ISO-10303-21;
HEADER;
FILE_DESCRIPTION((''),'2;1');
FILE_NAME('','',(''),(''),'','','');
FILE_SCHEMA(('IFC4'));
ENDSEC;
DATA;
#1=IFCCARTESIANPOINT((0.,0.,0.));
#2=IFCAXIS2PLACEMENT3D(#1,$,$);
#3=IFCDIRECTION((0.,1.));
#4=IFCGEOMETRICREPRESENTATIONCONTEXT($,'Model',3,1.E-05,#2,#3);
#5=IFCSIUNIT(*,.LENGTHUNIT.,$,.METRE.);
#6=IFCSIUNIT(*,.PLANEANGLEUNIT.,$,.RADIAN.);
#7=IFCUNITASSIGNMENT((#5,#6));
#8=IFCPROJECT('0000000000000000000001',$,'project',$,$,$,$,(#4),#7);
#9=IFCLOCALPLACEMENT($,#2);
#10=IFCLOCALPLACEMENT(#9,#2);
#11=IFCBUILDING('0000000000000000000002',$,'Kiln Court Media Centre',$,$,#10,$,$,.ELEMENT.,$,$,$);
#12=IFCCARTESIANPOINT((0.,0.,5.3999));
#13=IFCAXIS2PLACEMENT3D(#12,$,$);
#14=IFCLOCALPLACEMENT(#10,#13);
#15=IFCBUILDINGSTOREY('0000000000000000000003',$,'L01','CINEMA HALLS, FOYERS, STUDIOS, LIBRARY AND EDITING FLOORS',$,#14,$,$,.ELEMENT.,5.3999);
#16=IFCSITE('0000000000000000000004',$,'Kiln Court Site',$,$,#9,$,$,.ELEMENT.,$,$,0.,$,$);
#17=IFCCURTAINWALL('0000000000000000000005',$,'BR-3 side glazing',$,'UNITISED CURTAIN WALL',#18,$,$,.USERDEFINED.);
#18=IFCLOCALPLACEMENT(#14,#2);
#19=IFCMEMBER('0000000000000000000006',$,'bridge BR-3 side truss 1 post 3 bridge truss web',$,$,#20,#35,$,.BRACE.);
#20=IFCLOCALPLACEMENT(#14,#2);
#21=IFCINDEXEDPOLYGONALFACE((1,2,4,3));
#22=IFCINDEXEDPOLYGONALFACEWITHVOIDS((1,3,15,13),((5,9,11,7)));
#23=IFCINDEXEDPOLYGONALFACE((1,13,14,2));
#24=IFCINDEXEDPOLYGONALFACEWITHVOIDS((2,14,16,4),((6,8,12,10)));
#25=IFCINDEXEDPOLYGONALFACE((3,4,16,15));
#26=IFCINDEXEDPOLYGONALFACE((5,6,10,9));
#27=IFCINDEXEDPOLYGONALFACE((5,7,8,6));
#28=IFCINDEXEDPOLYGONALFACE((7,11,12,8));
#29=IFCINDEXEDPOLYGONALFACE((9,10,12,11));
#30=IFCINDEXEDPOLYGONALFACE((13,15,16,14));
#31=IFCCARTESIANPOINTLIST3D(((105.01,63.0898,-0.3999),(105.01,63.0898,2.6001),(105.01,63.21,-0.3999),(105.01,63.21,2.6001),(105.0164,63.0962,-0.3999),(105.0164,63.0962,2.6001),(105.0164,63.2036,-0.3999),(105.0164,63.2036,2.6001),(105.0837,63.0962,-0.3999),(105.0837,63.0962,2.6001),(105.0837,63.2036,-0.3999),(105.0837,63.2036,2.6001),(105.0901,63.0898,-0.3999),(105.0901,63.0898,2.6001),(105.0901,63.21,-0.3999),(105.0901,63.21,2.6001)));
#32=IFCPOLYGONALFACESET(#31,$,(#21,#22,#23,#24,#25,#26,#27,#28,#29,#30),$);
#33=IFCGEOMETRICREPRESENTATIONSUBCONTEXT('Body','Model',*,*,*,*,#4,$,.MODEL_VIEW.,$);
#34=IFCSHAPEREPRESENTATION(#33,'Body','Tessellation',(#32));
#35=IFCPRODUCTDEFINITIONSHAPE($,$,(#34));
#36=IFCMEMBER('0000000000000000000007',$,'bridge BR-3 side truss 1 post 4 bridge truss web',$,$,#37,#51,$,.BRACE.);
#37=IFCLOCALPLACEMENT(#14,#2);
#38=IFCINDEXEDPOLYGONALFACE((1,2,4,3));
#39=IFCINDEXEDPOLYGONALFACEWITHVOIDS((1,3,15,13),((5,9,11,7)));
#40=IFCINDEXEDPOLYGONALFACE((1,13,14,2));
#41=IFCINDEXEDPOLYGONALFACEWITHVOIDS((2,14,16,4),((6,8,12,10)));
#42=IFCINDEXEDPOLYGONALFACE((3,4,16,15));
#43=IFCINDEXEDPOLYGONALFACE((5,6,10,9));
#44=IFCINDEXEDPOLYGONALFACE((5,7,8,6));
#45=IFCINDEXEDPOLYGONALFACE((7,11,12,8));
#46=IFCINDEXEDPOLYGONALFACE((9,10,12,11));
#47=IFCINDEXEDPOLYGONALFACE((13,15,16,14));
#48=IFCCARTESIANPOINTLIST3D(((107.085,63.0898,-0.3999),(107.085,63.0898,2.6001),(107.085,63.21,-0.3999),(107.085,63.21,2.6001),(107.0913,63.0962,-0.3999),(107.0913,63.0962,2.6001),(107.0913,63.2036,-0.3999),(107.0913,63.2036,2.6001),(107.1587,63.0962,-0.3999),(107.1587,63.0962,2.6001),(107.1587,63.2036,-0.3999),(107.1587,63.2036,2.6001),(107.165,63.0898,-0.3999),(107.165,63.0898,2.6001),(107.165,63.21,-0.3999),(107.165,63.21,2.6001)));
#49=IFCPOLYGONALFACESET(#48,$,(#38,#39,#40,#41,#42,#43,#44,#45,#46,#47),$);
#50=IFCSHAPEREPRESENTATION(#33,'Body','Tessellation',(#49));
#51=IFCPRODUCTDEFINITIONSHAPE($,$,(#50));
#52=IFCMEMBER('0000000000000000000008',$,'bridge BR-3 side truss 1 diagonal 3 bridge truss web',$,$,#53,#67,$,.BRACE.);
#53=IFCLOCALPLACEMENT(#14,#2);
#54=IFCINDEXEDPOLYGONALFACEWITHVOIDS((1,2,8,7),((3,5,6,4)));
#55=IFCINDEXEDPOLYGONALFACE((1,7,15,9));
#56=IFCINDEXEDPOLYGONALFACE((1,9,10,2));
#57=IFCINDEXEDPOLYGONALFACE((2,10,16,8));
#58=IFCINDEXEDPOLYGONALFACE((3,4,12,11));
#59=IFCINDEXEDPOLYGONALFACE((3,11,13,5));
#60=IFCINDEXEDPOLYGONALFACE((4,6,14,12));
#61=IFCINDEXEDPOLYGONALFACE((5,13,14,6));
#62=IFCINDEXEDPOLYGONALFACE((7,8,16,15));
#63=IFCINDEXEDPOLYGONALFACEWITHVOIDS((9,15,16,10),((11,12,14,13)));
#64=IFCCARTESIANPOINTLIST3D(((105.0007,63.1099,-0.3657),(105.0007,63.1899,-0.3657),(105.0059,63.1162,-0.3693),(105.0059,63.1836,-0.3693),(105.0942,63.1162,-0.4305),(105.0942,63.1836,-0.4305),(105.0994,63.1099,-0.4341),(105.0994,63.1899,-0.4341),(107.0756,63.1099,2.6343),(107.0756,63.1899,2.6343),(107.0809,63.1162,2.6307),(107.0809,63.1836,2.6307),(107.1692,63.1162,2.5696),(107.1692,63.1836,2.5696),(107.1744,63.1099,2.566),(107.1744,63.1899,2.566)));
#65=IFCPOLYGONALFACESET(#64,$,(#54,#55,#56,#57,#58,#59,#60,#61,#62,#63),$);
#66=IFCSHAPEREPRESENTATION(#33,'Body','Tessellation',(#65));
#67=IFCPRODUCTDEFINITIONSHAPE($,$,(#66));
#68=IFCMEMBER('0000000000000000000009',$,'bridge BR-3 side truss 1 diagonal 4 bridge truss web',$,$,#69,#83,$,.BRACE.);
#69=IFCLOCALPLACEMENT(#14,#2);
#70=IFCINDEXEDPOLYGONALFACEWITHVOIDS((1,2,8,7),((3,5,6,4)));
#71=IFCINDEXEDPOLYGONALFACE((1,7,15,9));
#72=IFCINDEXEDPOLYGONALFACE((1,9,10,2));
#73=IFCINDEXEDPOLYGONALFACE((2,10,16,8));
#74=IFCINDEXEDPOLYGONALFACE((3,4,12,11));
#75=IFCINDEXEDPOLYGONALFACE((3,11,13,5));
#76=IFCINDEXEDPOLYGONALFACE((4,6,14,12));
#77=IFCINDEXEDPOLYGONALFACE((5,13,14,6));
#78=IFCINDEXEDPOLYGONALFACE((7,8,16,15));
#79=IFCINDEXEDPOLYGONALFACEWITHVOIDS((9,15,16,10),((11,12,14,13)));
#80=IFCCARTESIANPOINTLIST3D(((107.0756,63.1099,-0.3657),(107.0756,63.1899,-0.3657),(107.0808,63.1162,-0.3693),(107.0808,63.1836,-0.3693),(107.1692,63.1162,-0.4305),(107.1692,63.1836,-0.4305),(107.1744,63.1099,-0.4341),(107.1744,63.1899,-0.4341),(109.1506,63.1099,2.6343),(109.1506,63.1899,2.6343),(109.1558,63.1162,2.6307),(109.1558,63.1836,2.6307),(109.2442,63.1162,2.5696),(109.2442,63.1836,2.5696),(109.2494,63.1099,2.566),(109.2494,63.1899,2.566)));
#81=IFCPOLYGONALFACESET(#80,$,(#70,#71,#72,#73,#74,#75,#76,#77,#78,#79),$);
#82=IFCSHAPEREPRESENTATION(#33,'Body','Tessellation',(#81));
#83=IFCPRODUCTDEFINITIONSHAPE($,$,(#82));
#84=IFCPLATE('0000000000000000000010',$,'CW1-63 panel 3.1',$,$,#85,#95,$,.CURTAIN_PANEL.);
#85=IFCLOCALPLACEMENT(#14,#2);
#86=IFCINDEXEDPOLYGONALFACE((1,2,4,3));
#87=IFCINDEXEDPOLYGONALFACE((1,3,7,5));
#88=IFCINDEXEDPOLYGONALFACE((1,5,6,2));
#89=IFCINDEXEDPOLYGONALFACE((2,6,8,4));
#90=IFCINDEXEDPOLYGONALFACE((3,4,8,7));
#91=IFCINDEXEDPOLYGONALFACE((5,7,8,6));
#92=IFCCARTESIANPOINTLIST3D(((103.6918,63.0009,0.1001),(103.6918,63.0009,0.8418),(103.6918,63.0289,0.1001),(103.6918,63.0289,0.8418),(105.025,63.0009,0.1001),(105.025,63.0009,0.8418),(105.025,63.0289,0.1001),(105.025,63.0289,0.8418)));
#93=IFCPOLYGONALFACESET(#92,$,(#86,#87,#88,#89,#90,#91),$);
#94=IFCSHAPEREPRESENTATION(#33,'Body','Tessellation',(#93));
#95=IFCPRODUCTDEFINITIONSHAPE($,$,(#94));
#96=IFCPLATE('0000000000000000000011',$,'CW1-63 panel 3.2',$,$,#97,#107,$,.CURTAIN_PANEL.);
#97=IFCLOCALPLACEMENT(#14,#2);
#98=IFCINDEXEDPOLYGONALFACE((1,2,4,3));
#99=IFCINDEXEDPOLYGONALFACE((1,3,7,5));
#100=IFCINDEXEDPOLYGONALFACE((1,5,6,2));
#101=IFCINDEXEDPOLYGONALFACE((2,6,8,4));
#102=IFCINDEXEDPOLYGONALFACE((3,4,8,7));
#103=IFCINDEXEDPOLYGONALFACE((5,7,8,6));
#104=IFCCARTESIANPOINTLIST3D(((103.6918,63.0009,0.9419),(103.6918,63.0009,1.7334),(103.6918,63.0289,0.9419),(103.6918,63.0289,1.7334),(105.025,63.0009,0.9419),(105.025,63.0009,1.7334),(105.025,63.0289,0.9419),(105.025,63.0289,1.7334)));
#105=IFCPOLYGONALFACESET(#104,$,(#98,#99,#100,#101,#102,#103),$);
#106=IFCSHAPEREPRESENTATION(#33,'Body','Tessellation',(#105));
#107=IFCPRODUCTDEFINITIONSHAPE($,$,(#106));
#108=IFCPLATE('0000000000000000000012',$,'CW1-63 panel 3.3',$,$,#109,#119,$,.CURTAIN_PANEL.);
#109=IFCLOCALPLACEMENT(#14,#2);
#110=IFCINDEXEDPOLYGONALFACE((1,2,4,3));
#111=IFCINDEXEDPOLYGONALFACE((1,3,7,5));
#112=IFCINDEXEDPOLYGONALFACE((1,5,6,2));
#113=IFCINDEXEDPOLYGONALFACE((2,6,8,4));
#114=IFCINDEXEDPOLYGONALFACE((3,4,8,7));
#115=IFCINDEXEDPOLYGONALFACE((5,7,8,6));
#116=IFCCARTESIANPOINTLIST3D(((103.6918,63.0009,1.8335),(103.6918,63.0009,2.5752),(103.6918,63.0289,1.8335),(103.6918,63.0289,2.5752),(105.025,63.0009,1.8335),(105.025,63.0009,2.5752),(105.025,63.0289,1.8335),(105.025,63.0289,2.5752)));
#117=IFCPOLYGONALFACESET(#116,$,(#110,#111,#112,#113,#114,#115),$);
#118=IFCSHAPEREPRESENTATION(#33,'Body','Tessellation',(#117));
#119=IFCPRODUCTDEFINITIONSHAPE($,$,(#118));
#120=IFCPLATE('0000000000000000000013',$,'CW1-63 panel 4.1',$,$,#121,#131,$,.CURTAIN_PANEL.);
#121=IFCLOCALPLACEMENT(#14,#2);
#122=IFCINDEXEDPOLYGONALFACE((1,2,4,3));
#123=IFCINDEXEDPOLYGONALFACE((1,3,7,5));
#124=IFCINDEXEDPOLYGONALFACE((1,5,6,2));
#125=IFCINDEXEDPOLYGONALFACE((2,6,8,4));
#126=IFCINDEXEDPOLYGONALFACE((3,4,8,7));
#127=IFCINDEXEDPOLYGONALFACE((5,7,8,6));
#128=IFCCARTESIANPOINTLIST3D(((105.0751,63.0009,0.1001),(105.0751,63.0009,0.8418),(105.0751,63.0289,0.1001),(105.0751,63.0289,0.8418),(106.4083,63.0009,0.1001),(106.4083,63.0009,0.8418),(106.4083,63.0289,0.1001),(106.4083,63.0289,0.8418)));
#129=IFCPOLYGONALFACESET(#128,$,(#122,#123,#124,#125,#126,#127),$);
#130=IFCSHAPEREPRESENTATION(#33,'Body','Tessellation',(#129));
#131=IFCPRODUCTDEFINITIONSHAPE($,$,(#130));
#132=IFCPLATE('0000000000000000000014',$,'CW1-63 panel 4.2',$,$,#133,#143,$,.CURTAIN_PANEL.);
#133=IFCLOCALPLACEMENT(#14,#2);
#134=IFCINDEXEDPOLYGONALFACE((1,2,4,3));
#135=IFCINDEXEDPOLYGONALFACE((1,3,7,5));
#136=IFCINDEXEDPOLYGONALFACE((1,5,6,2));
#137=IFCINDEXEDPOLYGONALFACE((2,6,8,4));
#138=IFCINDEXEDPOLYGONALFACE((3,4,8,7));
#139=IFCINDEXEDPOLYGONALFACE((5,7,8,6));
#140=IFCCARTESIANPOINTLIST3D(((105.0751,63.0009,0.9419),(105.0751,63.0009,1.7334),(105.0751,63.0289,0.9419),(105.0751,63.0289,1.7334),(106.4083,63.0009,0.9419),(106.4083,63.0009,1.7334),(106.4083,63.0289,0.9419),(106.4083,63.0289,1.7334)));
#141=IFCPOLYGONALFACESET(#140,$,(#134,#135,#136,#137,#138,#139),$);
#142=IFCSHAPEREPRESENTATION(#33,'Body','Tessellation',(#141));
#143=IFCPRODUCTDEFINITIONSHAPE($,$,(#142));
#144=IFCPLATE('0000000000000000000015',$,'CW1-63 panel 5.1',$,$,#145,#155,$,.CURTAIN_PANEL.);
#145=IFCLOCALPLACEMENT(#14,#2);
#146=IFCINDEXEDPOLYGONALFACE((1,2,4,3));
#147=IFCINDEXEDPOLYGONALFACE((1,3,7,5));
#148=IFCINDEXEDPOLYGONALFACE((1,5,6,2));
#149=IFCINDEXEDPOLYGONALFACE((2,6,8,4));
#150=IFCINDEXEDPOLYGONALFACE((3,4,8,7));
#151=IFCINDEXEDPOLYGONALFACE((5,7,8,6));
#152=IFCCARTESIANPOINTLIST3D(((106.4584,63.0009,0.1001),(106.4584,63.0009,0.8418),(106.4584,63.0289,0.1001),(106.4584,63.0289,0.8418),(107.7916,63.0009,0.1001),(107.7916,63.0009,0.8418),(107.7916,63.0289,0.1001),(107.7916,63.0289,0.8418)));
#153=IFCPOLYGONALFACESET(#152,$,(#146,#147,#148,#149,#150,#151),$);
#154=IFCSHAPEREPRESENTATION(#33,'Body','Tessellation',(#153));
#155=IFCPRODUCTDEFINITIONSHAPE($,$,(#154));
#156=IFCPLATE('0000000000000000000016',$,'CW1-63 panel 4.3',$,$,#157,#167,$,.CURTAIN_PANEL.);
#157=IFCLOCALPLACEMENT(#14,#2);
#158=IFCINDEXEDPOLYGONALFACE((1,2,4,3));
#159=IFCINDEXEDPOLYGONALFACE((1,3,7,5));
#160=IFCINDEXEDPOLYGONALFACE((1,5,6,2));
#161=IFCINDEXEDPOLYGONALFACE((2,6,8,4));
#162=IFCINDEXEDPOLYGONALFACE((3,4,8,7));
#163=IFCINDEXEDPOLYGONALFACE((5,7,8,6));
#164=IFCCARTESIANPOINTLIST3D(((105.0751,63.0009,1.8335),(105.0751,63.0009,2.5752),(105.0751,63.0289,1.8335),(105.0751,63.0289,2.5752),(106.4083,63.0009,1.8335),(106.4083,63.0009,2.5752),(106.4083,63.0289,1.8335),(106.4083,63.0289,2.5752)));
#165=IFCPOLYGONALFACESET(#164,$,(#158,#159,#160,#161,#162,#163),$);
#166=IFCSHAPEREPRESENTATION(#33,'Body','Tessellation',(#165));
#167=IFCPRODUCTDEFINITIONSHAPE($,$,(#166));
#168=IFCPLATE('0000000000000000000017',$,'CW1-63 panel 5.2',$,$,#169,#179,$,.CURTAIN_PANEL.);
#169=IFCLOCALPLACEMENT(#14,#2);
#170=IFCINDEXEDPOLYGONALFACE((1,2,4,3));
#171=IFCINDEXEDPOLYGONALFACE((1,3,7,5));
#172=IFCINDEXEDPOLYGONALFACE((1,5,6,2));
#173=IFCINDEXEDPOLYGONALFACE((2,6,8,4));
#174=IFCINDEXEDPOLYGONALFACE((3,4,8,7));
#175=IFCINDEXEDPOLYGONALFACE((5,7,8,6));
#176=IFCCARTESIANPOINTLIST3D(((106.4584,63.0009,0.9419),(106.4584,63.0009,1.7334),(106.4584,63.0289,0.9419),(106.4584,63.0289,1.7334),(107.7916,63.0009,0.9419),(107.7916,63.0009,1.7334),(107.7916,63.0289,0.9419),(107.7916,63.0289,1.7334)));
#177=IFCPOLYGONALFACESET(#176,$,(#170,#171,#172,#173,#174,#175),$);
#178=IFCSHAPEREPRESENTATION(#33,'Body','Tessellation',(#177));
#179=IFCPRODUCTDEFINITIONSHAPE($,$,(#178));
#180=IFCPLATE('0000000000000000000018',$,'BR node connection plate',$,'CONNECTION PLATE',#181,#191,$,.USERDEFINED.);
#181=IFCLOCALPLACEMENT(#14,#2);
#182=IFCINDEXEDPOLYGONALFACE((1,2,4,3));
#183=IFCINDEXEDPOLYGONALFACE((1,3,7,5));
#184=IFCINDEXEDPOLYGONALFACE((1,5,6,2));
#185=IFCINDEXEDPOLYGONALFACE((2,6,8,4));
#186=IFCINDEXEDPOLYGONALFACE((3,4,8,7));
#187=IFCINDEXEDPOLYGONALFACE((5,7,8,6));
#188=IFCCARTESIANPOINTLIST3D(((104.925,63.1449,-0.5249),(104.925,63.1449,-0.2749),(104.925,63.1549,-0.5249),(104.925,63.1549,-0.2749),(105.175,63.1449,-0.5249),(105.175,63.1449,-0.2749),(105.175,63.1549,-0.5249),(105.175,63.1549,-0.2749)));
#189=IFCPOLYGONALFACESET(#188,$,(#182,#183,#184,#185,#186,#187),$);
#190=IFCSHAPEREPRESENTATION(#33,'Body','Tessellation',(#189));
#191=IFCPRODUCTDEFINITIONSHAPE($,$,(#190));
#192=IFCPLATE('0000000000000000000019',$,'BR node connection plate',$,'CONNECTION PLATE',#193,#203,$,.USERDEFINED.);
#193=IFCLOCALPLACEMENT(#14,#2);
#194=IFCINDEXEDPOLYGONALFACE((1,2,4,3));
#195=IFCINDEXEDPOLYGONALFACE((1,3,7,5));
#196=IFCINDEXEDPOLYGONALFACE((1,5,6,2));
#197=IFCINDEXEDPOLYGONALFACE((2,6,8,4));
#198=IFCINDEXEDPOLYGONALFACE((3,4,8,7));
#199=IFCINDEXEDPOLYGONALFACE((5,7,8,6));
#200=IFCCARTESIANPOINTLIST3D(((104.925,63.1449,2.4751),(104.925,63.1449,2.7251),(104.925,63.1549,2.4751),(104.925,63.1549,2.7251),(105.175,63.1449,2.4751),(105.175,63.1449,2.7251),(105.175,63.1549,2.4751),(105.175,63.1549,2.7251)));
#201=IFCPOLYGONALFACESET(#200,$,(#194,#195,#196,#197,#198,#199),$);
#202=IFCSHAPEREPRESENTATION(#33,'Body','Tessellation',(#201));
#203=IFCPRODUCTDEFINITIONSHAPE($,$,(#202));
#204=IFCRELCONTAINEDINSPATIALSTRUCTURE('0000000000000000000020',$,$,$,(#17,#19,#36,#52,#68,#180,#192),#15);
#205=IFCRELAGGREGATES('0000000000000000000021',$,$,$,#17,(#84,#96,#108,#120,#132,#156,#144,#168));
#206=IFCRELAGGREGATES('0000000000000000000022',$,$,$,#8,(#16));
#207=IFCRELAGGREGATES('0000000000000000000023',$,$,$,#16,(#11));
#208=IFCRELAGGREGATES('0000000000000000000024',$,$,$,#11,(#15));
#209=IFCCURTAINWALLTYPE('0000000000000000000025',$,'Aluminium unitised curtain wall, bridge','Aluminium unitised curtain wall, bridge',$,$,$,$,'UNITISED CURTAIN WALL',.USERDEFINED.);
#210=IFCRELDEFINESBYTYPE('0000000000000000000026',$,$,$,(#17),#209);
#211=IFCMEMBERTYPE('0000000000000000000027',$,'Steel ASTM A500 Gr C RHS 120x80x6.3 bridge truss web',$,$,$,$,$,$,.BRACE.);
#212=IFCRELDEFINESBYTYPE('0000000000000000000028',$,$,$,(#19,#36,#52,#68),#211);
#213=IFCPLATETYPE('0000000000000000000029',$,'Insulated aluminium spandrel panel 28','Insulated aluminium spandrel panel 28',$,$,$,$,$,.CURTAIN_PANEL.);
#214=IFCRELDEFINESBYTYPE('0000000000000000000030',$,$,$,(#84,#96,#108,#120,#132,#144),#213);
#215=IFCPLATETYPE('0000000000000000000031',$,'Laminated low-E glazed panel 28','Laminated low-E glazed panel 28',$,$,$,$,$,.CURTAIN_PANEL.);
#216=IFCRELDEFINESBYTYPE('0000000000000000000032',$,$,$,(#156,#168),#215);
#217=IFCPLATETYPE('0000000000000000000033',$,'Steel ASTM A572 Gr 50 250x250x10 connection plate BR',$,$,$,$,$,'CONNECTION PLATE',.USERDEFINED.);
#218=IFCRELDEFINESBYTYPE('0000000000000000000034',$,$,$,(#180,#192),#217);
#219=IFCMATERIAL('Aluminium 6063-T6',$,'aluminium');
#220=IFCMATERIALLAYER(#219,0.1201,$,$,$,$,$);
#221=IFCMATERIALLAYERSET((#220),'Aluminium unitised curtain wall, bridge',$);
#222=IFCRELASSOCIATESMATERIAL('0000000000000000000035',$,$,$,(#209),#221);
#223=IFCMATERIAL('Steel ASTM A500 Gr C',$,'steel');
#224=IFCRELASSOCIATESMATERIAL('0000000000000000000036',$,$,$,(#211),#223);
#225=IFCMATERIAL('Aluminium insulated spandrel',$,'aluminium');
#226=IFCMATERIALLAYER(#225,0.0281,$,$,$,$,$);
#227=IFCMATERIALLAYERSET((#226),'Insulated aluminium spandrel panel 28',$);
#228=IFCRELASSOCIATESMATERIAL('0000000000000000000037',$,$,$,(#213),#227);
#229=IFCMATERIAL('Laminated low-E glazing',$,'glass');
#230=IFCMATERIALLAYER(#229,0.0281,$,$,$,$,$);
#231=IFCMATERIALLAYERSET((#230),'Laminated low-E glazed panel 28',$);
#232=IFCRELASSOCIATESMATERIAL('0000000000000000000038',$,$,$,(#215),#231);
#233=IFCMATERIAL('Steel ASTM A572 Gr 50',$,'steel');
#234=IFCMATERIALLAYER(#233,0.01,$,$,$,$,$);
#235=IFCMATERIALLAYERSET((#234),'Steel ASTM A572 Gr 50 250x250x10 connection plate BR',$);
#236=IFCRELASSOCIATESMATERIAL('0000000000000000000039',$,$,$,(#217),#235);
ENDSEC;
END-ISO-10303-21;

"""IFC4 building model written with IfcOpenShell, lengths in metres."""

from ifc_helpers import new_model, si_unit, direction, frame, origin, origin_2d, place, context, subcontext, project, spatial, rectangle, hollow_rectangle, extrude, material, layer, layer_set, material_profile, profile_set, type_object, element, aggregate, save


model = new_model("IFC4")

# Units and contexts
model_context = context("Model", 3, precision=1e-05, world=origin(), true_north=direction((0.0, 1.0)))
body_context = subcontext(model_context, "Body", "Model", "MODEL_VIEW")
ifc_project = project(units=[si_unit("LENGTHUNIT", "METRE"), si_unit("PLANEANGLEUNIT", "RADIAN")], contexts=[model_context])

# Site, building, storey
site_placement = place(None, origin())
site = spatial("IfcSite", under=ifc_project, at=site_placement, Name="Kiln Court Site", CompositionType="ELEMENT", RefElevation=0.0)
building_placement = place(site_placement, origin())
building = spatial("IfcBuilding", under=site, at=building_placement, Name="Kiln Court Media Centre", CompositionType="ELEMENT")
storey_placement = place(building_placement, frame((0.0, 0.0, 5.3999)))
storey = spatial("IfcBuildingStorey", under=building, at=storey_placement, Name="L01", Description="CINEMA HALLS, FOYERS, STUDIOS, LIBRARY AND EDITING FLOORS", CompositionType="ELEMENT", Elevation=5.3999)

# Curtain wall
ifc_material_1 = material(Name="Aluminium 6063-T6", Category="aluminium")
ifc_layer_1 = layer(ifc_material_1, 0.1201)
ifc_layer_set_1 = layer_set([ifc_layer_1], Name="Aluminium unitised curtain wall, bridge")
curtain_wall_type = type_object("IfcCurtainWallType", Name="Aluminium unitised curtain wall, bridge", Description="Aluminium unitised curtain wall, bridge", ElementType="UNITISED CURTAIN WALL", PredefinedType="USERDEFINED", material=ifc_layer_set_1)
curtain_wall_placement = place(storey_placement, origin())
curtain_wall = element("IfcCurtainWall", 1, at=curtain_wall_placement, inside=storey, type_object=curtain_wall_type, Name="BR-3 side glazing", ObjectType="UNITISED CURTAIN WALL", PredefinedType="USERDEFINED")

# Members
ifc_material_2 = material(Name="Steel ASTM A500 Gr C", Category="steel")
ifc_material_profile_1 = material_profile(ifc_material_2, hollow_rectangle(XDim=0.0801, YDim=0.1201, WallThickness=0.0063, at=origin_2d()), Name="RHS 120x80x6.3")
ifc_profile_set_1 = profile_set([ifc_material_profile_1], Name="Steel ASTM A500 Gr C")
member_type_1 = type_object("IfcMemberType", Name="Steel ASTM A500 Gr C RHS 120x80x6.3 bridge truss web", PredefinedType="BRACE", material=ifc_profile_set_1)
for number, where, z_axis, x_axis, name in (
    (2, (105.05, 63.1499, -0.3999), (0.0, 0.0, 1.0), (1.0, 0.0, 0.0), "bridge BR-3 side truss 1 post 3 bridge truss web"),
    (3, (107.125, 63.1499, -0.3999), (0.0, 0.0, 1.0), (1.0, 0.0, 0.0), "bridge BR-3 side truss 1 post 4 bridge truss web"),
):
    element("IfcMember", number, at=place(storey_placement, frame(where, z_axis=z_axis, x_axis=x_axis)), inside=storey, type_object=member_type_1, Name=name, PredefinedType="BRACE", context=body_context, shape_type="SweptSolid", body=[
        extrude(hollow_rectangle(XDim=0.0801, YDim=0.1201, WallThickness=0.0063, at=origin_2d()), origin(), (0.0, 0.0, 1.0), 3.0),
    ])
for number, where, z_axis, x_axis, name in (
    (4, (105.05, 63.1499, -0.3999), (0.568844, 0.0, 0.822445), (0.0, 1.0, 0.0), "bridge BR-3 side truss 1 diagonal 3 bridge truss web"),
    (5, (107.125, 63.1499, -0.3999), (0.568844, 0.0, 0.822445), (0.0, 1.0, 0.0), "bridge BR-3 side truss 1 diagonal 4 bridge truss web"),
):
    element("IfcMember", number, at=place(storey_placement, frame(where, z_axis=z_axis, x_axis=x_axis)), inside=storey, type_object=member_type_1, Name=name, PredefinedType="BRACE", context=body_context, shape_type="SweptSolid", body=[
        extrude(hollow_rectangle(XDim=0.0801, YDim=0.1201, WallThickness=0.0063, at=origin_2d()), origin(), (0.0, 0.0, 1.0), 3.6477),
    ])

# Plates
ifc_material_3 = material(Name="Aluminium insulated spandrel", Category="aluminium")
ifc_layer_2 = layer(ifc_material_3, 0.0281)
ifc_layer_set_2 = layer_set([ifc_layer_2], Name="Insulated aluminium spandrel panel 28")
plate_type_1 = type_object("IfcPlateType", Name="Insulated aluminium spandrel panel 28", Description="Insulated aluminium spandrel panel 28", PredefinedType="CURTAIN_PANEL", material=ifc_layer_set_2)
plate_1_placement = place(storey_placement, frame((104.3584, 63.0149, 0.1001), z_axis=(0.0, 0.0, 1.0), x_axis=(1.0, 0.0, 0.0)))
plate_1 = element("IfcPlate", 6, at=plate_1_placement, type_object=plate_type_1, Name="CW1-63 panel 3.1", PredefinedType="CURTAIN_PANEL", context=body_context, shape_type="SweptSolid", body=[
    extrude(rectangle(XDim=1.3333, YDim=0.0281, at=origin_2d()), origin(), (0.0, 0.0, 1.0), 0.7417),
])
plate_2_placement = place(storey_placement, frame((104.3584, 63.0149, 0.9419), z_axis=(0.0, 0.0, 1.0), x_axis=(1.0, 0.0, 0.0)))
plate_2 = element("IfcPlate", 7, at=plate_2_placement, type_object=plate_type_1, Name="CW1-63 panel 3.2", PredefinedType="CURTAIN_PANEL", context=body_context, shape_type="SweptSolid", body=[
    extrude(rectangle(XDim=1.3333, YDim=0.0281, at=origin_2d()), origin(), (0.0, 0.0, 1.0), 0.7915),
])
plate_3_placement = place(storey_placement, frame((104.3584, 63.0149, 1.8335), z_axis=(0.0, 0.0, 1.0), x_axis=(1.0, 0.0, 0.0)))
plate_3 = element("IfcPlate", 8, at=plate_3_placement, type_object=plate_type_1, Name="CW1-63 panel 3.3", PredefinedType="CURTAIN_PANEL", context=body_context, shape_type="SweptSolid", body=[
    extrude(rectangle(XDim=1.3333, YDim=0.0281, at=origin_2d()), origin(), (0.0, 0.0, 1.0), 0.7417),
])
plate_4_placement = place(storey_placement, frame((105.7417, 63.0149, 0.1001), z_axis=(0.0, 0.0, 1.0), x_axis=(1.0, 0.0, 0.0)))
plate_4 = element("IfcPlate", 9, at=plate_4_placement, type_object=plate_type_1, Name="CW1-63 panel 4.1", PredefinedType="CURTAIN_PANEL", context=body_context, shape_type="SweptSolid", body=[
    extrude(rectangle(XDim=1.3333, YDim=0.0281, at=origin_2d()), origin(), (0.0, 0.0, 1.0), 0.7417),
])
plate_5_placement = place(storey_placement, frame((105.7417, 63.0149, 0.9419), z_axis=(0.0, 0.0, 1.0), x_axis=(1.0, 0.0, 0.0)))
plate_5 = element("IfcPlate", 10, at=plate_5_placement, type_object=plate_type_1, Name="CW1-63 panel 4.2", PredefinedType="CURTAIN_PANEL", context=body_context, shape_type="SweptSolid", body=[
    extrude(rectangle(XDim=1.3333, YDim=0.0281, at=origin_2d()), origin(), (0.0, 0.0, 1.0), 0.7915),
])
plate_6_placement = place(storey_placement, frame((107.125, 63.0149, 0.1001), z_axis=(0.0, 0.0, 1.0), x_axis=(1.0, 0.0, 0.0)))
plate_6 = element("IfcPlate", 11, at=plate_6_placement, type_object=plate_type_1, Name="CW1-63 panel 5.1", PredefinedType="CURTAIN_PANEL", context=body_context, shape_type="SweptSolid", body=[
    extrude(rectangle(XDim=1.3333, YDim=0.0281, at=origin_2d()), origin(), (0.0, 0.0, 1.0), 0.7417),
])
ifc_material_4 = material(Name="Laminated low-E glazing", Category="glass")
ifc_layer_3 = layer(ifc_material_4, 0.0281)
ifc_layer_set_3 = layer_set([ifc_layer_3], Name="Laminated low-E glazed panel 28")
plate_type_2 = type_object("IfcPlateType", Name="Laminated low-E glazed panel 28", Description="Laminated low-E glazed panel 28", PredefinedType="CURTAIN_PANEL", material=ifc_layer_set_3)
plate_7_placement = place(storey_placement, frame((105.7417, 63.0149, 1.8335), z_axis=(0.0, 0.0, 1.0), x_axis=(1.0, 0.0, 0.0)))
plate_7 = element("IfcPlate", 12, at=plate_7_placement, type_object=plate_type_2, Name="CW1-63 panel 4.3", PredefinedType="CURTAIN_PANEL", context=body_context, shape_type="SweptSolid", body=[
    extrude(rectangle(XDim=1.3333, YDim=0.0281, at=origin_2d()), origin(), (0.0, 0.0, 1.0), 0.7417),
])
plate_8_placement = place(storey_placement, frame((107.125, 63.0149, 0.9419), z_axis=(0.0, 0.0, 1.0), x_axis=(1.0, 0.0, 0.0)))
plate_8 = element("IfcPlate", 13, at=plate_8_placement, type_object=plate_type_2, Name="CW1-63 panel 5.2", PredefinedType="CURTAIN_PANEL", context=body_context, shape_type="SweptSolid", body=[
    extrude(rectangle(XDim=1.3333, YDim=0.0281, at=origin_2d()), origin(), (0.0, 0.0, 1.0), 0.7915),
])
aggregate(curtain_wall, [plate_1, plate_2, plate_3, plate_4, plate_5, plate_7, plate_6, plate_8])

# Plates
ifc_material_5 = material(Name="Steel ASTM A572 Gr 50", Category="steel")
ifc_layer_4 = layer(ifc_material_5, 0.01)
ifc_layer_set_4 = layer_set([ifc_layer_4], Name="Steel ASTM A572 Gr 50 250x250x10 connection plate BR")
plate_type_3 = type_object("IfcPlateType", Name="Steel ASTM A572 Gr 50 250x250x10 connection plate BR", ElementType="CONNECTION PLATE", PredefinedType="USERDEFINED", material=ifc_layer_set_4)
for number, where, z_axis, x_axis, name in (
    (14, (105.05, 63.1499, -0.5249), (0.0, 0.0, 1.0), (1.0, 0.0, 0.0), "BR node connection plate"),
    (15, (105.05, 63.1499, 2.4751), (0.0, 0.0, 1.0), (1.0, 0.0, 0.0), "BR node connection plate"),
):
    element("IfcPlate", number, at=place(storey_placement, frame(where, z_axis=z_axis, x_axis=x_axis)), inside=storey, type_object=plate_type_3, Name=name, ObjectType="CONNECTION PLATE", PredefinedType="USERDEFINED", context=body_context, shape_type="SweptSolid", body=[
        extrude(rectangle(XDim=0.25, YDim=0.01, at=origin_2d()), origin(), (0.0, 0.0, 1.0), 0.25),
    ])

save(model, "model.ifc")
